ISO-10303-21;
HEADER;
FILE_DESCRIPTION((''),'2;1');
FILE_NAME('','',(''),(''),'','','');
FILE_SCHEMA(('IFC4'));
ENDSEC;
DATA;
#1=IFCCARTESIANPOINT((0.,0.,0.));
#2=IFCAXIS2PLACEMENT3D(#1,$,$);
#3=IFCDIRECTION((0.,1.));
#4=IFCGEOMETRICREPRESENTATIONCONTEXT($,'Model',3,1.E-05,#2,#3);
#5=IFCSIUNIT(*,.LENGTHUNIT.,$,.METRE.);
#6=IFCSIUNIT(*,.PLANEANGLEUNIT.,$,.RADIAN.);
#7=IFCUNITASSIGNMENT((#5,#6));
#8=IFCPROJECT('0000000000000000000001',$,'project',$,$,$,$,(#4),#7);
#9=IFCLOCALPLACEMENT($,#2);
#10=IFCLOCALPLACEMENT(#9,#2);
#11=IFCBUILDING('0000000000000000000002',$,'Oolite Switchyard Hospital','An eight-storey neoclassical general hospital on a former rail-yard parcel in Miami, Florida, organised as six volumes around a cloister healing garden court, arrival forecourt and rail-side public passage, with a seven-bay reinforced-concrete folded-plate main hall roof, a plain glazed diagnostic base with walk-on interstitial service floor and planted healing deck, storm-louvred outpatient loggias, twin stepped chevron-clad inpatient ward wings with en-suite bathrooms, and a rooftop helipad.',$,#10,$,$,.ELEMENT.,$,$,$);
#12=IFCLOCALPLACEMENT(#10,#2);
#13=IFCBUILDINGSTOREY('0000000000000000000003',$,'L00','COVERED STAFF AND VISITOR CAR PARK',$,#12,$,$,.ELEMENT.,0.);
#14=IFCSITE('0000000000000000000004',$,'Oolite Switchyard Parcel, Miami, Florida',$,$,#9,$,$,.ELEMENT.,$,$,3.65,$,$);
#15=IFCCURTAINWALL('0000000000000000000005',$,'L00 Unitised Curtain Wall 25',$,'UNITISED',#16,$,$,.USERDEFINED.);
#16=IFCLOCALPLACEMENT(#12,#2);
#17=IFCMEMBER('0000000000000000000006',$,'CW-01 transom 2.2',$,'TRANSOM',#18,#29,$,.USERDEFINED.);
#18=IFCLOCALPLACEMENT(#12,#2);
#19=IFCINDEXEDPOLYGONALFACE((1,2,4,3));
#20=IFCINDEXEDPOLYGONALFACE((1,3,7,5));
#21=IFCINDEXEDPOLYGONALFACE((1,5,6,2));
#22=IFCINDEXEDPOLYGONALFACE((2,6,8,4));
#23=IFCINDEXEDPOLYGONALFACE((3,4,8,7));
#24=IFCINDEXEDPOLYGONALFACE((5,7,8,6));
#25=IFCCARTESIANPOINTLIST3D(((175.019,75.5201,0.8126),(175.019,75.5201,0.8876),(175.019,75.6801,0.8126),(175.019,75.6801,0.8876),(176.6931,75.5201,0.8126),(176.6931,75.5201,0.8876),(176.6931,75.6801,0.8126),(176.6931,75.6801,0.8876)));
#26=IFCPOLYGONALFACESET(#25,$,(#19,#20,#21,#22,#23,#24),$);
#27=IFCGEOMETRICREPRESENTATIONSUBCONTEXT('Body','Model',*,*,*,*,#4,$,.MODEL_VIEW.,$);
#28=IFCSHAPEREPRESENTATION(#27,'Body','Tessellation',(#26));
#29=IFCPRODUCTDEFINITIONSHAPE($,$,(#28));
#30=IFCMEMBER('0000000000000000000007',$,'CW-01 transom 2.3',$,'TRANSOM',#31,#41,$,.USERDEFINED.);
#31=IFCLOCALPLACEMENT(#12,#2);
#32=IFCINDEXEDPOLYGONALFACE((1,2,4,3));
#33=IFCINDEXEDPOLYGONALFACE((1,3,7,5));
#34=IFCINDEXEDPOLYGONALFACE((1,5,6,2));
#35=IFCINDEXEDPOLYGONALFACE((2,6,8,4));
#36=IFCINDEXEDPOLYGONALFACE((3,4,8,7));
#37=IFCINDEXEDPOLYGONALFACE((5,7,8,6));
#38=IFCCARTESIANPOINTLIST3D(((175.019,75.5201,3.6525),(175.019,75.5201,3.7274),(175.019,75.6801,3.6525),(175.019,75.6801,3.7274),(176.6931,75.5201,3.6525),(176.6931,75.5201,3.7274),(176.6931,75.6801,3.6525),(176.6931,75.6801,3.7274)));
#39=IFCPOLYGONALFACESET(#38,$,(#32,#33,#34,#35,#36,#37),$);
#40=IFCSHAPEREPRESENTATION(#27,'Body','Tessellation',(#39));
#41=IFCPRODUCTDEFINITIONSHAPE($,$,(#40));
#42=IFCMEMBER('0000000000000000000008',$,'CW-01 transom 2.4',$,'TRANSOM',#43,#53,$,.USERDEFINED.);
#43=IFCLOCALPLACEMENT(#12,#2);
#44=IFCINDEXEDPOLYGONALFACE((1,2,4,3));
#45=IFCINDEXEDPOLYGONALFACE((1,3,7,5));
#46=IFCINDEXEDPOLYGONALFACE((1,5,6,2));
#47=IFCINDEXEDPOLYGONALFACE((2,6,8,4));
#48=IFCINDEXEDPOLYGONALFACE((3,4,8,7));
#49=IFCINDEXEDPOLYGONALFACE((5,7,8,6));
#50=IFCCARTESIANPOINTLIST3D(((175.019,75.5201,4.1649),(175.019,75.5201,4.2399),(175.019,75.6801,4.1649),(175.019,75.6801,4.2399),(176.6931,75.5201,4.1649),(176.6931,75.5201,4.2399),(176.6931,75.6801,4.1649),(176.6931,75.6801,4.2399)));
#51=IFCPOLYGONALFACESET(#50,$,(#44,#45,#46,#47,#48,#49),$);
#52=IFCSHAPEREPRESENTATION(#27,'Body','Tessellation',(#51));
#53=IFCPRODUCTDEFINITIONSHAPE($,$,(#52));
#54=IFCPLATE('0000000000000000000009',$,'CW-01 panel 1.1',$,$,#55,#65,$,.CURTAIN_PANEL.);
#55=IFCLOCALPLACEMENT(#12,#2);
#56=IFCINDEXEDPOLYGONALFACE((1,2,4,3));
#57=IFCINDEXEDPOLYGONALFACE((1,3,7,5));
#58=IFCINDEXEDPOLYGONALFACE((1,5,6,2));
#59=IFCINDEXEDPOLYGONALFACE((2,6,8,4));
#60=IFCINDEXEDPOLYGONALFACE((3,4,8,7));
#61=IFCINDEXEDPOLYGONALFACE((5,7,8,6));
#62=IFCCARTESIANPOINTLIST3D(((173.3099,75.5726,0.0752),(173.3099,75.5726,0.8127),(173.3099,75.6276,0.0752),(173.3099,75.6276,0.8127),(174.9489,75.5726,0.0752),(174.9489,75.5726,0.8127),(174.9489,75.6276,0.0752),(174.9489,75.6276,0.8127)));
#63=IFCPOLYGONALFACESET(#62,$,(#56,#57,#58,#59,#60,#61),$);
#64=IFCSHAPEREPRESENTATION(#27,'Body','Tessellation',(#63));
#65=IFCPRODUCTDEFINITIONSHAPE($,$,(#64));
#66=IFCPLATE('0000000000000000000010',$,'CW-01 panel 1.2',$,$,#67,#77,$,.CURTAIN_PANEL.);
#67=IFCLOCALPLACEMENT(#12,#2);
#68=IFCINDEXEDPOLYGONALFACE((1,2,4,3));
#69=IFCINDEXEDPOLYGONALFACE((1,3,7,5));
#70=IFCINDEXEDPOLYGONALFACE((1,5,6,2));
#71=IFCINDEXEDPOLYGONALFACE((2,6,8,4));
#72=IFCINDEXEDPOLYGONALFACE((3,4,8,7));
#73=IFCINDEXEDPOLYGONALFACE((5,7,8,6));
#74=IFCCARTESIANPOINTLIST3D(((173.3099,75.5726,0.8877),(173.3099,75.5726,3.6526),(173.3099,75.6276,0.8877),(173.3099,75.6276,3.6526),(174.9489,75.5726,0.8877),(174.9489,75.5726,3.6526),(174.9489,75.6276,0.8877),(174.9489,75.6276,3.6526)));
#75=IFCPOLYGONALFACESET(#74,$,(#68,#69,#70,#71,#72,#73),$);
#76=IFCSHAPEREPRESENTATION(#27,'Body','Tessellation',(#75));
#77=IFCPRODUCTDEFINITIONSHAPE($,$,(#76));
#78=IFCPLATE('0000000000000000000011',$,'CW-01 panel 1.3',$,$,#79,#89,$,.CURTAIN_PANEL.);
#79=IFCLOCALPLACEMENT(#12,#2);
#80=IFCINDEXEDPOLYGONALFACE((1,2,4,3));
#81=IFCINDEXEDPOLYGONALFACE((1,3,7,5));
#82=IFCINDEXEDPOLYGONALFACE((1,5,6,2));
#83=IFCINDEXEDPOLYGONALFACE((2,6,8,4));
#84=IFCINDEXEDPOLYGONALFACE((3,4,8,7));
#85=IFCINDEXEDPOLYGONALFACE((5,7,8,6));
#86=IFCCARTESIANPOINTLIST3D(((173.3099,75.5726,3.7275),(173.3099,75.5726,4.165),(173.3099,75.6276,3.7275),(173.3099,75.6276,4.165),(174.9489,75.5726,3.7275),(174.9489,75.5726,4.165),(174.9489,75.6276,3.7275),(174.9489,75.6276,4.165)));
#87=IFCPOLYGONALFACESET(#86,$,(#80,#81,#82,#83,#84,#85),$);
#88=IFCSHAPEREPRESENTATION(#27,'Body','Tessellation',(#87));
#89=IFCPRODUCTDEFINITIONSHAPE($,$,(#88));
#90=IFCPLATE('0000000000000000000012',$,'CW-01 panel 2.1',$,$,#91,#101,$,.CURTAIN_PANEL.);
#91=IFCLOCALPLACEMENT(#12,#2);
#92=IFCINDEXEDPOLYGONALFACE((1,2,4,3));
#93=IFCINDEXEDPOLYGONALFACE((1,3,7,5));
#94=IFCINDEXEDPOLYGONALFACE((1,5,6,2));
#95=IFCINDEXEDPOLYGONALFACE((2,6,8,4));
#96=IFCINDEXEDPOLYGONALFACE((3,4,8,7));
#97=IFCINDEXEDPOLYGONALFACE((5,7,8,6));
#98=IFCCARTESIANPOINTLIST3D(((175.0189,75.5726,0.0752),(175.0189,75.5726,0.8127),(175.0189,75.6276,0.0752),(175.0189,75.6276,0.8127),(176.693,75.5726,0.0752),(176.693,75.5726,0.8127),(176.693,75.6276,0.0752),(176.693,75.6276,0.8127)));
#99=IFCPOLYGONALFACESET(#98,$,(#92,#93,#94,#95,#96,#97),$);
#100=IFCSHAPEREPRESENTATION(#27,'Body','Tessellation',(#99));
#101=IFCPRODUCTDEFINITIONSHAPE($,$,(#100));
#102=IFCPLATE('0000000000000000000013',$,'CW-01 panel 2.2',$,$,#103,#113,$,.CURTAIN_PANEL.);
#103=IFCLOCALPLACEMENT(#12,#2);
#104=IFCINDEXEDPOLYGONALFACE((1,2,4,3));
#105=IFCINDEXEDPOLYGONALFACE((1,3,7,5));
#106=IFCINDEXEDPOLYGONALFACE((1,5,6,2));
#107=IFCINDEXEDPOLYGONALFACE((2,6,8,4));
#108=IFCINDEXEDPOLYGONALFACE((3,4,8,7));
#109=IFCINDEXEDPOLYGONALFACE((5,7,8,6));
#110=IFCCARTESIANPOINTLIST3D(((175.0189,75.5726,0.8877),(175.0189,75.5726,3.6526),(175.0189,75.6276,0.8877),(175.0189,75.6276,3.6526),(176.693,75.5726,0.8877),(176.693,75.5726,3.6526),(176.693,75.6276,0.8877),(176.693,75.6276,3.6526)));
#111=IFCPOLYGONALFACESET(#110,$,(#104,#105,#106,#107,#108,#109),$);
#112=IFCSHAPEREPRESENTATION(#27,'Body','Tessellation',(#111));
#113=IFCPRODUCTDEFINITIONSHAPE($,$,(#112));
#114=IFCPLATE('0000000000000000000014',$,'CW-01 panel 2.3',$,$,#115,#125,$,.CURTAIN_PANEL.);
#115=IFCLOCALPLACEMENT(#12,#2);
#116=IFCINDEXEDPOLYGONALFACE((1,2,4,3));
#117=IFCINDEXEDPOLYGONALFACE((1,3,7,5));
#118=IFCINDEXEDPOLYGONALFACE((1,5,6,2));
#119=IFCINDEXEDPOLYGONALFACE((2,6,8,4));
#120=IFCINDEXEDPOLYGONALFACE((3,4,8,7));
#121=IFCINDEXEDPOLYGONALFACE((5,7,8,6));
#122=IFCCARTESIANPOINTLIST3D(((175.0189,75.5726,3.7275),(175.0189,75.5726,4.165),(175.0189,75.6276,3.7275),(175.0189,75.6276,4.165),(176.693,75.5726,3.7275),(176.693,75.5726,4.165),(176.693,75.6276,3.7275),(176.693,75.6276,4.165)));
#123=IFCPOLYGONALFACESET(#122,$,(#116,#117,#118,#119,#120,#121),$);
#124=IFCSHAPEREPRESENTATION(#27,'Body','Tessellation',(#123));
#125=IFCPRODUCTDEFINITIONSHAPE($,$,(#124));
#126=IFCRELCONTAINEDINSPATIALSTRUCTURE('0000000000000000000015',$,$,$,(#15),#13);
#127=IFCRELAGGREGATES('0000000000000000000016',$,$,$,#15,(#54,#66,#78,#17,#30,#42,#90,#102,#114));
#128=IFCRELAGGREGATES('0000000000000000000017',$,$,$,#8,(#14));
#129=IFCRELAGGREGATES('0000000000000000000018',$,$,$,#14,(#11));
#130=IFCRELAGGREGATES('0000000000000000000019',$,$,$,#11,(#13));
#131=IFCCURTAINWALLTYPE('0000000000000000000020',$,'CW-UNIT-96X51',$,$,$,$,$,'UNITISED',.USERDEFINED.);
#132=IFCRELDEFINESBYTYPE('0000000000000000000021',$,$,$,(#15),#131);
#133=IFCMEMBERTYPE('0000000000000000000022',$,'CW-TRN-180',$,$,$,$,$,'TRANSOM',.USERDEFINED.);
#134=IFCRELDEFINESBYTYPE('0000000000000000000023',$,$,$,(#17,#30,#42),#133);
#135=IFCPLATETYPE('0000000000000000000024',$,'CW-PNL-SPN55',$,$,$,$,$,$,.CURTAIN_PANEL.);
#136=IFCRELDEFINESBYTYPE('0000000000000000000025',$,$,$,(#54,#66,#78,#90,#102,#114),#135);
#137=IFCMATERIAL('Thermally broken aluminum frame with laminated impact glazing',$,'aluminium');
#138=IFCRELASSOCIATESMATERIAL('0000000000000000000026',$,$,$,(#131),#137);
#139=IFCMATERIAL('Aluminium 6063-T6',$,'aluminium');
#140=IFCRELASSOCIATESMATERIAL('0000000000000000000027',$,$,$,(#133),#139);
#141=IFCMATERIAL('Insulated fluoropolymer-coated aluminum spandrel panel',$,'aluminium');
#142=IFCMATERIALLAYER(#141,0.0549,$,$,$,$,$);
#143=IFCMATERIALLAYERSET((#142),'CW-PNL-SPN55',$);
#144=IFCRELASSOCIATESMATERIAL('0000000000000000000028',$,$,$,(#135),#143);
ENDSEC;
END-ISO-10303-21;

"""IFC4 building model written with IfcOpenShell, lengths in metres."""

from ifc_helpers import new_model, si_unit, direction, frame, origin, origin_2d, place, context, subcontext, project, spatial, rectangle, extrude, material, layer, layer_set, material_profile, profile_set, type_object, element, aggregate, save


model = new_model("IFC4")

# Units and contexts
model_context = context("Model", 3, precision=1e-05, world=origin(), true_north=direction((0.0, 1.0)))
body_context = subcontext(model_context, "Body", "Model", "MODEL_VIEW")
ifc_project = project(units=[si_unit("LENGTHUNIT", "METRE"), si_unit("PLANEANGLEUNIT", "RADIAN")], contexts=[model_context])

# Site, building, storey
site_placement = place(None, origin())
site = spatial("IfcSite", under=ifc_project, at=site_placement, Name="Oolite Switchyard Parcel, Miami, Florida", CompositionType="ELEMENT", RefElevation=3.65)
building_placement = place(site_placement, origin())
building = spatial("IfcBuilding", under=site, at=building_placement, Name="Oolite Switchyard Hospital", Description="An eight-storey neoclassical general hospital on a former rail-yard parcel in Miami, Florida, organised as six volumes around a cloister healing garden court, arrival forecourt and rail-side public passage, with a seven-bay reinforced-concrete folded-plate main hall roof, a plain glazed diagnostic base with walk-on interstitial service floor and planted healing deck, storm-louvred outpatient loggias, twin stepped chevron-clad inpatient ward wings with en-suite bathrooms, and a rooftop helipad.", CompositionType="ELEMENT")
storey_placement = place(building_placement, origin())
storey = spatial("IfcBuildingStorey", under=building, at=storey_placement, Name="L00", Description="COVERED STAFF AND VISITOR CAR PARK", CompositionType="ELEMENT", Elevation=0.0)

# Curtain wall, members, plates
ifc_material_1 = material(Name="Thermally broken aluminum frame with laminated impact glazing", Category="aluminium")
curtain_wall_type = type_object("IfcCurtainWallType", Name="CW-UNIT-96X51", ElementType="UNITISED", PredefinedType="USERDEFINED", material=ifc_material_1)
curtain_wall_placement = place(storey_placement, origin())
curtain_wall = element("IfcCurtainWall", 1, at=curtain_wall_placement, inside=storey, type_object=curtain_wall_type, Name="L00 Unitised Curtain Wall 25", ObjectType="UNITISED", PredefinedType="USERDEFINED")
ifc_material_2 = material(Name="Aluminium 6063-T6", Category="aluminium")
ifc_material_profile_1 = material_profile(ifc_material_2, rectangle(XDim=0.1599, YDim=0.075, at=origin_2d()), Name="CWT75X160")
ifc_profile_set_1 = profile_set([ifc_material_profile_1], Name="Aluminium 6063-T6")
member_type_1 = type_object("IfcMemberType", Name="CW-TRN-180", ElementType="TRANSOM", PredefinedType="USERDEFINED", material=ifc_profile_set_1)
member_1_placement = place(storey_placement, frame((175.019, 75.6001, 0.8501), z_axis=(1.0, 0.0, 0.0), x_axis=(0.0, 1.0, 0.0)))
member_1 = element("IfcMember", 2, at=member_1_placement, type_object=member_type_1, Name="CW-01 transom 2.2", ObjectType="TRANSOM", PredefinedType="USERDEFINED", context=body_context, shape_type="SweptSolid", body=[
    extrude(rectangle(XDim=0.1599, YDim=0.075, at=origin_2d()), origin(), (0.0, 0.0, 1.0), 1.6741),
])
member_2_placement = place(storey_placement, frame((175.019, 75.6001, 3.6899), z_axis=(1.0, 0.0, 0.0), x_axis=(0.0, 1.0, 0.0)))
member_2 = element("IfcMember", 3, at=member_2_placement, type_object=member_type_1, Name="CW-01 transom 2.3", ObjectType="TRANSOM", PredefinedType="USERDEFINED", context=body_context, shape_type="SweptSolid", body=[
    extrude(rectangle(XDim=0.1599, YDim=0.075, at=origin_2d()), origin(), (0.0, 0.0, 1.0), 1.6741),
])
member_3_placement = place(storey_placement, frame((175.019, 75.6001, 4.2024), z_axis=(1.0, 0.0, 0.0), x_axis=(0.0, 1.0, 0.0)))
member_3 = element("IfcMember", 4, at=member_3_placement, type_object=member_type_1, Name="CW-01 transom 2.4", ObjectType="TRANSOM", PredefinedType="USERDEFINED", context=body_context, shape_type="SweptSolid", body=[
    extrude(rectangle(XDim=0.1599, YDim=0.075, at=origin_2d()), origin(), (0.0, 0.0, 1.0), 1.6741),
])
ifc_material_3 = material(Name="Insulated fluoropolymer-coated aluminum spandrel panel", Category="aluminium")
ifc_layer = layer(ifc_material_3, 0.0549)
ifc_layer_set = layer_set([ifc_layer], Name="CW-PNL-SPN55")
plate_type = type_object("IfcPlateType", Name="CW-PNL-SPN55", PredefinedType="CURTAIN_PANEL", material=ifc_layer_set)
plate_1_placement = place(storey_placement, frame((174.1294, 75.6001, 0.0752), z_axis=(0.0, 0.0, 1.0), x_axis=(1.0, 0.0, 0.0)))
plate_1 = element("IfcPlate", 5, at=plate_1_placement, type_object=plate_type, Name="CW-01 panel 1.1", PredefinedType="CURTAIN_PANEL", context=body_context, shape_type="SweptSolid", body=[
    extrude(rectangle(XDim=1.6389, YDim=0.0549, at=origin_2d()), origin(), (0.0, 0.0, 1.0), 0.7375),
])
plate_2_placement = place(storey_placement, frame((174.1294, 75.6001, 0.8877), z_axis=(0.0, 0.0, 1.0), x_axis=(1.0, 0.0, 0.0)))
plate_2 = element("IfcPlate", 6, at=plate_2_placement, type_object=plate_type, Name="CW-01 panel 1.2", PredefinedType="CURTAIN_PANEL", context=body_context, shape_type="SweptSolid", body=[
    extrude(rectangle(XDim=1.6389, YDim=0.0549, at=origin_2d()), origin(), (0.0, 0.0, 1.0), 2.7649),
])
plate_3_placement = place(storey_placement, frame((174.1294, 75.6001, 3.7275), z_axis=(0.0, 0.0, 1.0), x_axis=(1.0, 0.0, 0.0)))
plate_3 = element("IfcPlate", 7, at=plate_3_placement, type_object=plate_type, Name="CW-01 panel 1.3", PredefinedType="CURTAIN_PANEL", context=body_context, shape_type="SweptSolid", body=[
    extrude(rectangle(XDim=1.6389, YDim=0.0549, at=origin_2d()), origin(), (0.0, 0.0, 1.0), 0.4375),
])
plate_4_placement = place(storey_placement, frame((175.856, 75.6001, 0.0752), z_axis=(0.0, 0.0, 1.0), x_axis=(1.0, 0.0, 0.0)))
plate_4 = element("IfcPlate", 8, at=plate_4_placement, type_object=plate_type, Name="CW-01 panel 2.1", PredefinedType="CURTAIN_PANEL", context=body_context, shape_type="SweptSolid", body=[
    extrude(rectangle(XDim=1.6741, YDim=0.0549, at=origin_2d()), origin(), (0.0, 0.0, 1.0), 0.7375),
])
plate_5_placement = place(storey_placement, frame((175.856, 75.6001, 0.8877), z_axis=(0.0, 0.0, 1.0), x_axis=(1.0, 0.0, 0.0)))
plate_5 = element("IfcPlate", 9, at=plate_5_placement, type_object=plate_type, Name="CW-01 panel 2.2", PredefinedType="CURTAIN_PANEL", context=body_context, shape_type="SweptSolid", body=[
    extrude(rectangle(XDim=1.6741, YDim=0.0549, at=origin_2d()), origin(), (0.0, 0.0, 1.0), 2.7649),
])
plate_6_placement = place(storey_placement, frame((175.856, 75.6001, 3.7275), z_axis=(0.0, 0.0, 1.0), x_axis=(1.0, 0.0, 0.0)))
plate_6 = element("IfcPlate", 10, at=plate_6_placement, type_object=plate_type, Name="CW-01 panel 2.3", PredefinedType="CURTAIN_PANEL", context=body_context, shape_type="SweptSolid", body=[
    extrude(rectangle(XDim=1.6741, YDim=0.0549, at=origin_2d()), origin(), (0.0, 0.0, 1.0), 0.4375),
])
aggregate(curtain_wall, [plate_1, plate_2, plate_3, member_1, member_2, member_3, plate_4, plate_5, plate_6])

save(model, "model.ifc")
